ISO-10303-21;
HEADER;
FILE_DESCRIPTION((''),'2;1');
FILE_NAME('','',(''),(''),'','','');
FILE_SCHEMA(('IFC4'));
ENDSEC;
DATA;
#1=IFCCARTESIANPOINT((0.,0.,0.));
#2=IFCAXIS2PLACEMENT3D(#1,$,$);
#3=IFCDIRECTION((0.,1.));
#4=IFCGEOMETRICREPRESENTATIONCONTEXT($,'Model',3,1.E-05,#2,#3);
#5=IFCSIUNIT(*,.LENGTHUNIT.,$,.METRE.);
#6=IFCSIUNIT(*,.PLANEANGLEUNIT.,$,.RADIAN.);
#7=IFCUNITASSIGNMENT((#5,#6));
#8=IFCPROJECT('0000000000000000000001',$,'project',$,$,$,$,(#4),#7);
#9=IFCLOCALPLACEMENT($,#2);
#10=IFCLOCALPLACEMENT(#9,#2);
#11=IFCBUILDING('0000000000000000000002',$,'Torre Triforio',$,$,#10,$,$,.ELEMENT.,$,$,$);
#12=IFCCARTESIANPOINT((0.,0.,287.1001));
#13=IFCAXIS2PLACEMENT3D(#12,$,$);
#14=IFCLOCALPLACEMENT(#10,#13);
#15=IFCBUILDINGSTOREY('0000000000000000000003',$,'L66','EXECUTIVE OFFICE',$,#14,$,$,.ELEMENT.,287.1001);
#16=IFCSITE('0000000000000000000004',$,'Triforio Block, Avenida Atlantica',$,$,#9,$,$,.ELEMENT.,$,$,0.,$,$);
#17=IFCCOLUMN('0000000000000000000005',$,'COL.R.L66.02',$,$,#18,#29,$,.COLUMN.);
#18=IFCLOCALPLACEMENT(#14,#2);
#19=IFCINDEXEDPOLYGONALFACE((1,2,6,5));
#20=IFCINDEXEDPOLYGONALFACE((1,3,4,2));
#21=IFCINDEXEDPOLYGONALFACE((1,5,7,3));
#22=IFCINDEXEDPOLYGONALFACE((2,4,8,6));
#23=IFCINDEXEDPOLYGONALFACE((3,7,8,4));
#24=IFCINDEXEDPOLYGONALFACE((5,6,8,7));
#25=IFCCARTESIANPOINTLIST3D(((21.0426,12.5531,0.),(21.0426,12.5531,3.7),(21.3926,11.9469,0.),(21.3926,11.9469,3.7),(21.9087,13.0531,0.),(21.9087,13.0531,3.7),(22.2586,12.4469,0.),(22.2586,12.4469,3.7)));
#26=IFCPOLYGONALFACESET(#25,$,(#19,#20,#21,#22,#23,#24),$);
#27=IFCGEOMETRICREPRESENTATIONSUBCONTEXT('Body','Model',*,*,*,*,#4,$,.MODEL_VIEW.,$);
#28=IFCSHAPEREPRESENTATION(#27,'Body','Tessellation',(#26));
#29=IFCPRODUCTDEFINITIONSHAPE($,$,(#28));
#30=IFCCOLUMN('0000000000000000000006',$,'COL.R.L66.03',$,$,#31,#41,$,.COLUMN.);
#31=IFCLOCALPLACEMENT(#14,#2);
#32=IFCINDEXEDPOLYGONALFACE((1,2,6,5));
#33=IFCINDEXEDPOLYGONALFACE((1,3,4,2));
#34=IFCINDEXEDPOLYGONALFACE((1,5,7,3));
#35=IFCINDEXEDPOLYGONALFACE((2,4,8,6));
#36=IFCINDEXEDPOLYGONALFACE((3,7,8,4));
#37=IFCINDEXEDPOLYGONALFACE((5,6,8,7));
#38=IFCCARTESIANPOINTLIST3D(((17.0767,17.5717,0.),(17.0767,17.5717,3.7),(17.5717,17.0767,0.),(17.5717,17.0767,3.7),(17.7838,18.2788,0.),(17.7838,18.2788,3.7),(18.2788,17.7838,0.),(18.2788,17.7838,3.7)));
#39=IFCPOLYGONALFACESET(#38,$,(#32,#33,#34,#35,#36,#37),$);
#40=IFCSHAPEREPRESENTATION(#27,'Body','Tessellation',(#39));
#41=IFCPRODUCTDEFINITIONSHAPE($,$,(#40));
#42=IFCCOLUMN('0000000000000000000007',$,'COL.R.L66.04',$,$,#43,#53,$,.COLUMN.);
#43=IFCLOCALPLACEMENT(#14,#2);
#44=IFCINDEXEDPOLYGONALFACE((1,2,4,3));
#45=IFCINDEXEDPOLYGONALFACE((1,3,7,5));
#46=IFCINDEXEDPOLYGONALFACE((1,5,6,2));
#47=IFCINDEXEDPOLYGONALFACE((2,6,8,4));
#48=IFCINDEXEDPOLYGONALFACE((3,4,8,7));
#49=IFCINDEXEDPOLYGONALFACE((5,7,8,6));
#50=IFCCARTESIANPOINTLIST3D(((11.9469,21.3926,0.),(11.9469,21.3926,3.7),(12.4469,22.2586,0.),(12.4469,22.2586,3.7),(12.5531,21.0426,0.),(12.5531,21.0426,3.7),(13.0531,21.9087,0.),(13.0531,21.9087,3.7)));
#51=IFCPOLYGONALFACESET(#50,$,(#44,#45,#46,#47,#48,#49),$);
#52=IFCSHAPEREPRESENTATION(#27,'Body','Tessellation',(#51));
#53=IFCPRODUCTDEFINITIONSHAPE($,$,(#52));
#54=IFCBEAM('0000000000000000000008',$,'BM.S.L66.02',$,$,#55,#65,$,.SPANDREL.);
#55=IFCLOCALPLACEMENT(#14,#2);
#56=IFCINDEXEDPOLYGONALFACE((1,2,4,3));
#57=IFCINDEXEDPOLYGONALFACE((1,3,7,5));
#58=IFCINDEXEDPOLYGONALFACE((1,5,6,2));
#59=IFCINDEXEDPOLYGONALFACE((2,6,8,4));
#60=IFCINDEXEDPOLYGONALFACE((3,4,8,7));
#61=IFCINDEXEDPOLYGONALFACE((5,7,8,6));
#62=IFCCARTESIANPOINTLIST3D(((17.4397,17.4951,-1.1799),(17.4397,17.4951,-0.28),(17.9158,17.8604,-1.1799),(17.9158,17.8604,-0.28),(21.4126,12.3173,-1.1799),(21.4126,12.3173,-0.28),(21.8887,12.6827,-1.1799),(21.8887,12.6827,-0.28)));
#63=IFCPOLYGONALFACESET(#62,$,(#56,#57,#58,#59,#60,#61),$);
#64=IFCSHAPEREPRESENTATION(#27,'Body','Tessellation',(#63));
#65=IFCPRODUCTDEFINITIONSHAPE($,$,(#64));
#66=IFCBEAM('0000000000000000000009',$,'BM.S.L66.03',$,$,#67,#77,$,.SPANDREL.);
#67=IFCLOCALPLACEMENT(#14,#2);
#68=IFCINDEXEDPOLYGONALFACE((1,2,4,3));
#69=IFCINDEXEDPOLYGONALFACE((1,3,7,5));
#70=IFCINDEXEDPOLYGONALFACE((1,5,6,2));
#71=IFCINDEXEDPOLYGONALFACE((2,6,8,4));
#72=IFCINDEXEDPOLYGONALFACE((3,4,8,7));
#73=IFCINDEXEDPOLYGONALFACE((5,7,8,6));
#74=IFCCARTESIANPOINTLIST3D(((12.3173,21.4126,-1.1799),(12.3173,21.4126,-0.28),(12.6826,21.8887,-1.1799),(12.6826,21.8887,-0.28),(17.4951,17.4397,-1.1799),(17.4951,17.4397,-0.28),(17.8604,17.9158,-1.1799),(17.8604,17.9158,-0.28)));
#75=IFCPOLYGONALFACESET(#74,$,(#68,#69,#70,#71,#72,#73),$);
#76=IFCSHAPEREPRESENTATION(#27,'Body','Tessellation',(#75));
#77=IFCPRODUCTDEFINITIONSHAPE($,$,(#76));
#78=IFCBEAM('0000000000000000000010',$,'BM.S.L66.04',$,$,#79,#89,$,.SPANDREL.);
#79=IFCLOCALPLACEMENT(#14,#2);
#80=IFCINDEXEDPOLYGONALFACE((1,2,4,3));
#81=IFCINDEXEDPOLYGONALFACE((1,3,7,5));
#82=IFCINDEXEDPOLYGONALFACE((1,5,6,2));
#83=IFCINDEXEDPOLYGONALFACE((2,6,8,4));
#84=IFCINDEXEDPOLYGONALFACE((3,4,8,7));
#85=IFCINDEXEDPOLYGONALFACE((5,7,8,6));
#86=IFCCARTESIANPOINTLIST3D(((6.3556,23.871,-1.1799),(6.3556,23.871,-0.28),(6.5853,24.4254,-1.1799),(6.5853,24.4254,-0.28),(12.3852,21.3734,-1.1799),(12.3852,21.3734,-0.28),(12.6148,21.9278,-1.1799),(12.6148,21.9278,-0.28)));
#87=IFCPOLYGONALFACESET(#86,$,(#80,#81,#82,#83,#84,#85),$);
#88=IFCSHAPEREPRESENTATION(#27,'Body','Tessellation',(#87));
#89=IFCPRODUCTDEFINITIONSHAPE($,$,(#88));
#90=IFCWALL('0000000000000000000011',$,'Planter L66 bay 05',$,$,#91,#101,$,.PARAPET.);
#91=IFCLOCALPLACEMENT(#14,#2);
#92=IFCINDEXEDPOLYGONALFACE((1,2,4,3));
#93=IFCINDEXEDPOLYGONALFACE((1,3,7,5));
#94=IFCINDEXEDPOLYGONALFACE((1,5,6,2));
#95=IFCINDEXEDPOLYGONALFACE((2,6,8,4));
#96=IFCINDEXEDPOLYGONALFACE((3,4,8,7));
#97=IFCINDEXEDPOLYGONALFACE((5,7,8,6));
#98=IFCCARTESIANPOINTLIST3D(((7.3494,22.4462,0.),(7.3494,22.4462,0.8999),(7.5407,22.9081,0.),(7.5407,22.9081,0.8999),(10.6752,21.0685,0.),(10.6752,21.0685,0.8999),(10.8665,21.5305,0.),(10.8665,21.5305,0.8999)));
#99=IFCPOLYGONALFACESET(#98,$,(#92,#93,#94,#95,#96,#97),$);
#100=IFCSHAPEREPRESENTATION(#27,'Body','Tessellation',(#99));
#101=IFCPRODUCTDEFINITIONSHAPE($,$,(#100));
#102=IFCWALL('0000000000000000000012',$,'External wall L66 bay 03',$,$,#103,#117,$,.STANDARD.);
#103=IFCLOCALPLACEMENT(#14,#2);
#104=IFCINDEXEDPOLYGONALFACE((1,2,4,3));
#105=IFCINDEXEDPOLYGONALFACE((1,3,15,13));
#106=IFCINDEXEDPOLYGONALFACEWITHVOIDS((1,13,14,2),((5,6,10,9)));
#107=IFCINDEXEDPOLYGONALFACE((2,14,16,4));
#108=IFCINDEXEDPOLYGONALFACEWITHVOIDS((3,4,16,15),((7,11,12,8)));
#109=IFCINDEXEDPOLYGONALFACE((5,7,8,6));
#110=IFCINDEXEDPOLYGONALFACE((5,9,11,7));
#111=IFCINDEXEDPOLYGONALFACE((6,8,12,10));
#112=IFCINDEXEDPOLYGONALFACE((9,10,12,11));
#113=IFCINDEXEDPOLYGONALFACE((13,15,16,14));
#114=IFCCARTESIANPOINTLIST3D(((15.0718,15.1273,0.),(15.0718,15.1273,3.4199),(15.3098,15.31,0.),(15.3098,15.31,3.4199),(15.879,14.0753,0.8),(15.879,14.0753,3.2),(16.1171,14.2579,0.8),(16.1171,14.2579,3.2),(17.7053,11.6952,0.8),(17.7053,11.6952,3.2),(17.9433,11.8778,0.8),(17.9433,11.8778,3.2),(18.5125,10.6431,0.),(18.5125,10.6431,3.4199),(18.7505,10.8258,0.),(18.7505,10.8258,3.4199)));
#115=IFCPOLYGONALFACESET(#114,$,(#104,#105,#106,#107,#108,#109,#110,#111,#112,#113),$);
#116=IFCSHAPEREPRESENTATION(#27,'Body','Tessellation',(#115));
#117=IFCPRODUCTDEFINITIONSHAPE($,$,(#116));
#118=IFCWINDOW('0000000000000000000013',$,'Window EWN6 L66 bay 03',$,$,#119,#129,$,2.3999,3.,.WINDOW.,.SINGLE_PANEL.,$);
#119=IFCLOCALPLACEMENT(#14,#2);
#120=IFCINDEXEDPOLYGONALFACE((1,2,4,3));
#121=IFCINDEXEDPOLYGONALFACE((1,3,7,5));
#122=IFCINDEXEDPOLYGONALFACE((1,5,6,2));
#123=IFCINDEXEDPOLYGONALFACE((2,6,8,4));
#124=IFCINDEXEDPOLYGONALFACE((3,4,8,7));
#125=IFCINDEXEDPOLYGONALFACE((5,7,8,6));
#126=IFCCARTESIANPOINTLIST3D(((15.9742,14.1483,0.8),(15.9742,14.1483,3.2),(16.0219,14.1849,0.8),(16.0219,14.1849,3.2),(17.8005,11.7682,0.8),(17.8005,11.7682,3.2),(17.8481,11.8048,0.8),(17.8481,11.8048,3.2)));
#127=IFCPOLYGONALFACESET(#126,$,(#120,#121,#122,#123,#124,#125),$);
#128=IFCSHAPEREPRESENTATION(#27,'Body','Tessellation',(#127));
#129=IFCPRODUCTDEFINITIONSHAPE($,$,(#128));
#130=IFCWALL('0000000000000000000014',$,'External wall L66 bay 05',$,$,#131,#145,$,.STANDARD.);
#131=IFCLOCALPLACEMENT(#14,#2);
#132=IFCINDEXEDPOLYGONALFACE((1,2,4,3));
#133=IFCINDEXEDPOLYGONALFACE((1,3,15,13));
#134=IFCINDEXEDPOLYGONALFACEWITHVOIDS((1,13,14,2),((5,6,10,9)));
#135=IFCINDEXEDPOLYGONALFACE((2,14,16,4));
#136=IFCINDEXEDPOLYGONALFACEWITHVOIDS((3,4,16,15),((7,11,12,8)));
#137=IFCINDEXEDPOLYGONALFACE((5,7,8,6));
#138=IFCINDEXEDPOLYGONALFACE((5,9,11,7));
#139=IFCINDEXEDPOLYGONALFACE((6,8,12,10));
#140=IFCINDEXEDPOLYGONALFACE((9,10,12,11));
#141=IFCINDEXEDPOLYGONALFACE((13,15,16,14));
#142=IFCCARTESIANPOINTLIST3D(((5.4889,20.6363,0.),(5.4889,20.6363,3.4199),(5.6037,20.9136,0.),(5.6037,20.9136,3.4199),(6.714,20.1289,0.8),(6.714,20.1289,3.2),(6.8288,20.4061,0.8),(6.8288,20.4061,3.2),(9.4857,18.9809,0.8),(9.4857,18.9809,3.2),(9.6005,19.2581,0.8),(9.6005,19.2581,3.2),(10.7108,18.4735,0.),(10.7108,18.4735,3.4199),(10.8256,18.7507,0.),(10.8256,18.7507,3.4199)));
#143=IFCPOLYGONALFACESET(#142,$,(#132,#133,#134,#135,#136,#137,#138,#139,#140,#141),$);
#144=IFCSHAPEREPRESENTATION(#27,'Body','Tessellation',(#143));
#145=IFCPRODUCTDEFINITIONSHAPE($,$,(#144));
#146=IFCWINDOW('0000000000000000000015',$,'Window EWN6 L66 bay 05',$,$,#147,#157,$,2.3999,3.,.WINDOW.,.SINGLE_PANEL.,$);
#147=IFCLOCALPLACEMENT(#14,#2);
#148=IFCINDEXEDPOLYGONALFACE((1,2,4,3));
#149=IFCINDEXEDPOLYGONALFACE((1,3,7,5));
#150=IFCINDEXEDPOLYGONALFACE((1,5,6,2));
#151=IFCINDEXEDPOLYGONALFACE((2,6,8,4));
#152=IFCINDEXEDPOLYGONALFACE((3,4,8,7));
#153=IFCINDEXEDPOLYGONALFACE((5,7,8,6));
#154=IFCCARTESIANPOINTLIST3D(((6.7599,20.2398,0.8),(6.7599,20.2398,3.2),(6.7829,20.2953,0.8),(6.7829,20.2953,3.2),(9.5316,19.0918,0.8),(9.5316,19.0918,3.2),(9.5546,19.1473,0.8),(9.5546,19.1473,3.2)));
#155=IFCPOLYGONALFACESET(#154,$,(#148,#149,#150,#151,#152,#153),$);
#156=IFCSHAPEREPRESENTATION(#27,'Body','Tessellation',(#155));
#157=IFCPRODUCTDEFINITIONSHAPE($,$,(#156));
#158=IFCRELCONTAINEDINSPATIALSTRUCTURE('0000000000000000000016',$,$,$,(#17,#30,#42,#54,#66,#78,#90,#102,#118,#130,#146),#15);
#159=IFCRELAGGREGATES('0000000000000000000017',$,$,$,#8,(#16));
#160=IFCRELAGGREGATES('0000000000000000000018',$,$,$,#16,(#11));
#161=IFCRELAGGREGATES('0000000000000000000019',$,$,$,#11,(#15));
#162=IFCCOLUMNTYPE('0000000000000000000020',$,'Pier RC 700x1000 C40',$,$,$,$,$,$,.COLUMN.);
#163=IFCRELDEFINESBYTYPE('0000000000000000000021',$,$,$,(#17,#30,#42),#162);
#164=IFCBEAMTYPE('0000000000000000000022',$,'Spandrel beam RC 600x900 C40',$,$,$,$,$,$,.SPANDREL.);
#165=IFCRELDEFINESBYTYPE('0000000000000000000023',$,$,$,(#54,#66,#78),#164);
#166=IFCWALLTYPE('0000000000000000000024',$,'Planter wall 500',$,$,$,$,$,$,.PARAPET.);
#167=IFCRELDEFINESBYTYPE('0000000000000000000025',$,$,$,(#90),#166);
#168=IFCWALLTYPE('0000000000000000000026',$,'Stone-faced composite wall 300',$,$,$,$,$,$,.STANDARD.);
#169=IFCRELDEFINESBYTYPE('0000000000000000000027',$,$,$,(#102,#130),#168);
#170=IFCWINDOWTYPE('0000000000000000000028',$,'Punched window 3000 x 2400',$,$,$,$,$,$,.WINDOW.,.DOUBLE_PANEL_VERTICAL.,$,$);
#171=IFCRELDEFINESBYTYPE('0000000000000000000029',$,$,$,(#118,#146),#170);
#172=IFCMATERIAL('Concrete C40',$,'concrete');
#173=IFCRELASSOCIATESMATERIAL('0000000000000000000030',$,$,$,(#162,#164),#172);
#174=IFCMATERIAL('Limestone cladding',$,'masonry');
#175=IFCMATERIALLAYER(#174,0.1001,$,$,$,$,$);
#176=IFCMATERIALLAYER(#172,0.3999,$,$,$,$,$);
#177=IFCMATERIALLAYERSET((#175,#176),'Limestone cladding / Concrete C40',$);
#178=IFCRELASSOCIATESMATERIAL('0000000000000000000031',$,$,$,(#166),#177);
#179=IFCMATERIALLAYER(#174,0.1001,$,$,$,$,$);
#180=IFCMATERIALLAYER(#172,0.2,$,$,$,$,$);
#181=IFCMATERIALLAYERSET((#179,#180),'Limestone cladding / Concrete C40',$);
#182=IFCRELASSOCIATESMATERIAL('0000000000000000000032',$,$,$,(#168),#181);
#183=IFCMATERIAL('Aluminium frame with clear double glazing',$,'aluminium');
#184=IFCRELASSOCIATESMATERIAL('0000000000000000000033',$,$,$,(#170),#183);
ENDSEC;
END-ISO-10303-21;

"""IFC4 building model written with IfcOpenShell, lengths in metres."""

from ifc_helpers import new_model, si_unit, direction, frame, frame_2d, origin, origin_2d, place, context, subcontext, project, spatial, rectangle, extrude, material, layer, layer_set, material_profile, profile_set, type_object, element, fill, save


model = new_model("IFC4")

# Units and contexts
model_context = context("Model", 3, precision=1e-05, world=origin(), true_north=direction((0.0, 1.0)))
body_context = subcontext(model_context, "Body", "Model", "MODEL_VIEW")
ifc_project = project(units=[si_unit("LENGTHUNIT", "METRE"), si_unit("PLANEANGLEUNIT", "RADIAN")], contexts=[model_context])

# Site, building, storey
site_placement = place(None, origin())
site = spatial("IfcSite", under=ifc_project, at=site_placement, Name="Triforio Block, Avenida Atlantica", CompositionType="ELEMENT", RefElevation=0.0)
building_placement = place(site_placement, origin())
building = spatial("IfcBuilding", under=site, at=building_placement, Name="Torre Triforio", CompositionType="ELEMENT")
storey_placement = place(building_placement, frame((0.0, 0.0, 287.1001)))
storey = spatial("IfcBuildingStorey", under=building, at=storey_placement, Name="L66", Description="EXECUTIVE OFFICE", CompositionType="ELEMENT", Elevation=287.1001)

# Columns
ifc_material_1 = material(Name="Concrete C40", Category="concrete")
ifc_material_profile_1 = material_profile(ifc_material_1, rectangle(XDim=0.7, YDim=1.0, at=origin_2d()), Name="RC 700x1000")
ifc_profile_set_1 = profile_set([ifc_material_profile_1], Name="Concrete C40")
column_type = type_object("IfcColumnType", Name="Pier RC 700x1000 C40", PredefinedType="COLUMN", material=ifc_profile_set_1)
for number, where, z_axis, x_axis, name in (
    (1, (21.6506, 12.5, 0.0), (0.0, 0.0, 1.0), (-0.5, 0.866025, 0.0), "COL.R.L66.02"),
    (2, (17.6777, 17.6777, 0.0), (0.0, 0.0, 1.0), (-0.707107, 0.707107, 0.0), "COL.R.L66.03"),
    (3, (12.5, 21.6506, 0.0), (0.0, 0.0, 1.0), (-0.866025, 0.5, 0.0), "COL.R.L66.04"),
):
    element("IfcColumn", number, at=place(storey_placement, frame(where, z_axis=z_axis, x_axis=x_axis)), inside=storey, type_object=column_type, Name=name, PredefinedType="COLUMN", context=body_context, shape_type="SweptSolid", body=[
        extrude(rectangle(XDim=0.7, YDim=1.0, at=origin_2d()), origin(), (0.0, 0.0, 1.0), 3.7),
    ])

# Beams
ifc_material_profile_2 = material_profile(ifc_material_1, rectangle(XDim=0.6001, YDim=0.8999, at=origin_2d()), Name="RC 600x900")
ifc_profile_set_2 = profile_set([ifc_material_profile_2], Name="Concrete C40")
beam_type = type_object("IfcBeamType", Name="Spandrel beam RC 600x900 C40", PredefinedType="SPANDREL", material=ifc_profile_set_2)
for number, where, z_axis, x_axis, name in (
    (4, (21.6506, 12.5, -0.73), (-0.60875, 0.793362, 0.0), (-0.793362, -0.60875, 0.0), "BM.S.L66.02"),
    (5, (17.6777, 17.6777, -0.73), (-0.793362, 0.60875, 0.0), (-0.60875, -0.793362, 0.0), "BM.S.L66.03"),
    (6, (12.5, 21.6506, -0.73), (-0.923877, 0.382689, 0.0), (-0.382689, -0.923877, 0.0), "BM.S.L66.04"),
):
    element("IfcBeam", number, at=place(storey_placement, frame(where, z_axis=z_axis, x_axis=x_axis)), inside=storey, type_object=beam_type, Name=name, PredefinedType="SPANDREL", context=body_context, shape_type="SweptSolid", body=[
        extrude(rectangle(XDim=0.6001, YDim=0.8999, at=origin_2d()), origin(), (0.0, 0.0, 1.0), 6.5264),
    ])

# Wall
ifc_material_2 = material(Name="Limestone cladding", Category="masonry")
ifc_layer_1 = layer(ifc_material_2, 0.1001)
ifc_layer_2 = layer(ifc_material_1, 0.3999)
ifc_layer_set_1 = layer_set([ifc_layer_1, ifc_layer_2], Name="Limestone cladding / Concrete C40")
wall_type_1 = type_object("IfcWallType", Name="Planter wall 500", PredefinedType="PARAPET", material=ifc_layer_set_1)
wall_1_placement = place(storey_placement, frame((10.7708, 21.2996, 0.0), z_axis=(0.0, 0.0, 1.0), x_axis=(-0.923875, 0.382693, 0.0)))
element("IfcWall", 7, at=wall_1_placement, inside=storey, type_object=wall_type_1, Name="Planter L66 bay 05", PredefinedType="PARAPET", context=body_context, shape_type="SweptSolid", body=[
    extrude(rectangle(XDim=3.5999, YDim=0.5, at=frame_2d((1.7998, 0.0))), origin(), (0.0, 0.0, 1.0), 0.8999),
])

# Wall, opening, window
ifc_layer_3 = layer(ifc_material_2, 0.1001)
ifc_layer_4 = layer(ifc_material_1, 0.2)
ifc_layer_set_2 = layer_set([ifc_layer_3, ifc_layer_4], Name="Limestone cladding / Concrete C40")
wall_type_2 = type_object("IfcWallType", Name="Stone-faced composite wall 300", PredefinedType="STANDARD", material=ifc_layer_set_2)
wall_2_placement = place(storey_placement, frame((18.6316, 10.7344, 0.0), z_axis=(0.0, 0.0, 1.0), x_axis=(-0.608748, 0.793364, 0.0)))
wall_2 = element("IfcWall", 8, at=wall_2_placement, inside=storey, type_object=wall_type_2, Name="External wall L66 bay 03", PredefinedType="STANDARD", context=body_context, shape_type="SweptSolid", body=[
    extrude(rectangle(XDim=5.6521, YDim=0.3, at=frame_2d((2.8262, 0.0))), origin(), (0.0, 0.0, 1.0), 3.4199),
])
opening_1_placement = place(wall_2_placement, frame((1.3262, 0.0, 0.8)))
opening_1 = element("IfcOpeningElement", 9, at=opening_1_placement, cuts=wall_2, PredefinedType="OPENING", context=body_context, shape_type="SweptSolid", body=[
    extrude(rectangle(XDim=3.0, YDim=2.3999, at=frame_2d((1.5, 1.2))), frame((0.0, 0.1599, 0.0), z_axis=(0.0, -1.0, 0.0), x_axis=(1.0, 0.0, 0.0)), (0.0, 0.0, 1.0), 0.3201),
])
ifc_material_3 = material(Name="Aluminium frame with clear double glazing", Category="aluminium")
window_type_1 = type_object("IfcWindowType", Name="Punched window 3000 x 2400", PartitioningType="DOUBLE_PANEL_VERTICAL", PredefinedType="WINDOW", material=ifc_material_3)
window_1_placement = place(opening_1_placement, origin())
window_1 = element("IfcWindow", 10, at=window_1_placement, inside=storey, type_object=window_type_1, Name="Window EWN6 L66 bay 03", OverallHeight=2.3999, OverallWidth=3.0, PartitioningType="SINGLE_PANEL", PredefinedType="WINDOW", context=body_context, shape_type="SweptSolid", body=[
    extrude(rectangle(XDim=3.0, YDim=2.3999, at=frame_2d((1.5, 1.2))), frame((0.0, 0.03, 0.0), z_axis=(0.0, -1.0, 0.0), x_axis=(1.0, 0.0, 0.0)), (0.0, 0.0, 1.0), 0.0601),
])
fill(opening_1, window_1)

# Wall, opening, window
wall_3_placement = place(storey_placement, frame((10.7683, 18.6121, 0.0), z_axis=(0.0, 0.0, 1.0), x_axis=(-0.923889, 0.382661, 0.0)))
wall_3 = element("IfcWall", 11, at=wall_3_placement, inside=storey, type_object=wall_type_2, Name="External wall L66 bay 05", PredefinedType="STANDARD", context=body_context, shape_type="SweptSolid", body=[
    extrude(rectangle(XDim=5.6521, YDim=0.3, at=frame_2d((2.8262, 0.0))), origin(), (0.0, 0.0, 1.0), 3.4199),
])
opening_2_placement = place(wall_3_placement, frame((1.3262, 0.0, 0.8)))
opening_2 = element("IfcOpeningElement", 12, at=opening_2_placement, cuts=wall_3, PredefinedType="OPENING", context=body_context, shape_type="SweptSolid", body=[
    extrude(rectangle(XDim=3.0, YDim=2.3999, at=frame_2d((1.5, 1.2))), frame((0.0, 0.1599, 0.0), z_axis=(0.0, -1.0, 0.0), x_axis=(1.0, 0.0, 0.0)), (0.0, 0.0, 1.0), 0.3201),
])
window_2_placement = place(opening_2_placement, origin())
window_2 = element("IfcWindow", 13, at=window_2_placement, inside=storey, type_object=window_type_1, Name="Window EWN6 L66 bay 05", OverallHeight=2.3999, OverallWidth=3.0, PartitioningType="SINGLE_PANEL", PredefinedType="WINDOW", context=body_context, shape_type="SweptSolid", body=[
    extrude(rectangle(XDim=3.0, YDim=2.3999, at=frame_2d((1.5, 1.2))), frame((0.0, 0.03, 0.0), z_axis=(0.0, -1.0, 0.0), x_axis=(1.0, 0.0, 0.0)), (0.0, 0.0, 1.0), 0.0601),
])
fill(opening_2, window_2)

save(model, "model.ifc")
